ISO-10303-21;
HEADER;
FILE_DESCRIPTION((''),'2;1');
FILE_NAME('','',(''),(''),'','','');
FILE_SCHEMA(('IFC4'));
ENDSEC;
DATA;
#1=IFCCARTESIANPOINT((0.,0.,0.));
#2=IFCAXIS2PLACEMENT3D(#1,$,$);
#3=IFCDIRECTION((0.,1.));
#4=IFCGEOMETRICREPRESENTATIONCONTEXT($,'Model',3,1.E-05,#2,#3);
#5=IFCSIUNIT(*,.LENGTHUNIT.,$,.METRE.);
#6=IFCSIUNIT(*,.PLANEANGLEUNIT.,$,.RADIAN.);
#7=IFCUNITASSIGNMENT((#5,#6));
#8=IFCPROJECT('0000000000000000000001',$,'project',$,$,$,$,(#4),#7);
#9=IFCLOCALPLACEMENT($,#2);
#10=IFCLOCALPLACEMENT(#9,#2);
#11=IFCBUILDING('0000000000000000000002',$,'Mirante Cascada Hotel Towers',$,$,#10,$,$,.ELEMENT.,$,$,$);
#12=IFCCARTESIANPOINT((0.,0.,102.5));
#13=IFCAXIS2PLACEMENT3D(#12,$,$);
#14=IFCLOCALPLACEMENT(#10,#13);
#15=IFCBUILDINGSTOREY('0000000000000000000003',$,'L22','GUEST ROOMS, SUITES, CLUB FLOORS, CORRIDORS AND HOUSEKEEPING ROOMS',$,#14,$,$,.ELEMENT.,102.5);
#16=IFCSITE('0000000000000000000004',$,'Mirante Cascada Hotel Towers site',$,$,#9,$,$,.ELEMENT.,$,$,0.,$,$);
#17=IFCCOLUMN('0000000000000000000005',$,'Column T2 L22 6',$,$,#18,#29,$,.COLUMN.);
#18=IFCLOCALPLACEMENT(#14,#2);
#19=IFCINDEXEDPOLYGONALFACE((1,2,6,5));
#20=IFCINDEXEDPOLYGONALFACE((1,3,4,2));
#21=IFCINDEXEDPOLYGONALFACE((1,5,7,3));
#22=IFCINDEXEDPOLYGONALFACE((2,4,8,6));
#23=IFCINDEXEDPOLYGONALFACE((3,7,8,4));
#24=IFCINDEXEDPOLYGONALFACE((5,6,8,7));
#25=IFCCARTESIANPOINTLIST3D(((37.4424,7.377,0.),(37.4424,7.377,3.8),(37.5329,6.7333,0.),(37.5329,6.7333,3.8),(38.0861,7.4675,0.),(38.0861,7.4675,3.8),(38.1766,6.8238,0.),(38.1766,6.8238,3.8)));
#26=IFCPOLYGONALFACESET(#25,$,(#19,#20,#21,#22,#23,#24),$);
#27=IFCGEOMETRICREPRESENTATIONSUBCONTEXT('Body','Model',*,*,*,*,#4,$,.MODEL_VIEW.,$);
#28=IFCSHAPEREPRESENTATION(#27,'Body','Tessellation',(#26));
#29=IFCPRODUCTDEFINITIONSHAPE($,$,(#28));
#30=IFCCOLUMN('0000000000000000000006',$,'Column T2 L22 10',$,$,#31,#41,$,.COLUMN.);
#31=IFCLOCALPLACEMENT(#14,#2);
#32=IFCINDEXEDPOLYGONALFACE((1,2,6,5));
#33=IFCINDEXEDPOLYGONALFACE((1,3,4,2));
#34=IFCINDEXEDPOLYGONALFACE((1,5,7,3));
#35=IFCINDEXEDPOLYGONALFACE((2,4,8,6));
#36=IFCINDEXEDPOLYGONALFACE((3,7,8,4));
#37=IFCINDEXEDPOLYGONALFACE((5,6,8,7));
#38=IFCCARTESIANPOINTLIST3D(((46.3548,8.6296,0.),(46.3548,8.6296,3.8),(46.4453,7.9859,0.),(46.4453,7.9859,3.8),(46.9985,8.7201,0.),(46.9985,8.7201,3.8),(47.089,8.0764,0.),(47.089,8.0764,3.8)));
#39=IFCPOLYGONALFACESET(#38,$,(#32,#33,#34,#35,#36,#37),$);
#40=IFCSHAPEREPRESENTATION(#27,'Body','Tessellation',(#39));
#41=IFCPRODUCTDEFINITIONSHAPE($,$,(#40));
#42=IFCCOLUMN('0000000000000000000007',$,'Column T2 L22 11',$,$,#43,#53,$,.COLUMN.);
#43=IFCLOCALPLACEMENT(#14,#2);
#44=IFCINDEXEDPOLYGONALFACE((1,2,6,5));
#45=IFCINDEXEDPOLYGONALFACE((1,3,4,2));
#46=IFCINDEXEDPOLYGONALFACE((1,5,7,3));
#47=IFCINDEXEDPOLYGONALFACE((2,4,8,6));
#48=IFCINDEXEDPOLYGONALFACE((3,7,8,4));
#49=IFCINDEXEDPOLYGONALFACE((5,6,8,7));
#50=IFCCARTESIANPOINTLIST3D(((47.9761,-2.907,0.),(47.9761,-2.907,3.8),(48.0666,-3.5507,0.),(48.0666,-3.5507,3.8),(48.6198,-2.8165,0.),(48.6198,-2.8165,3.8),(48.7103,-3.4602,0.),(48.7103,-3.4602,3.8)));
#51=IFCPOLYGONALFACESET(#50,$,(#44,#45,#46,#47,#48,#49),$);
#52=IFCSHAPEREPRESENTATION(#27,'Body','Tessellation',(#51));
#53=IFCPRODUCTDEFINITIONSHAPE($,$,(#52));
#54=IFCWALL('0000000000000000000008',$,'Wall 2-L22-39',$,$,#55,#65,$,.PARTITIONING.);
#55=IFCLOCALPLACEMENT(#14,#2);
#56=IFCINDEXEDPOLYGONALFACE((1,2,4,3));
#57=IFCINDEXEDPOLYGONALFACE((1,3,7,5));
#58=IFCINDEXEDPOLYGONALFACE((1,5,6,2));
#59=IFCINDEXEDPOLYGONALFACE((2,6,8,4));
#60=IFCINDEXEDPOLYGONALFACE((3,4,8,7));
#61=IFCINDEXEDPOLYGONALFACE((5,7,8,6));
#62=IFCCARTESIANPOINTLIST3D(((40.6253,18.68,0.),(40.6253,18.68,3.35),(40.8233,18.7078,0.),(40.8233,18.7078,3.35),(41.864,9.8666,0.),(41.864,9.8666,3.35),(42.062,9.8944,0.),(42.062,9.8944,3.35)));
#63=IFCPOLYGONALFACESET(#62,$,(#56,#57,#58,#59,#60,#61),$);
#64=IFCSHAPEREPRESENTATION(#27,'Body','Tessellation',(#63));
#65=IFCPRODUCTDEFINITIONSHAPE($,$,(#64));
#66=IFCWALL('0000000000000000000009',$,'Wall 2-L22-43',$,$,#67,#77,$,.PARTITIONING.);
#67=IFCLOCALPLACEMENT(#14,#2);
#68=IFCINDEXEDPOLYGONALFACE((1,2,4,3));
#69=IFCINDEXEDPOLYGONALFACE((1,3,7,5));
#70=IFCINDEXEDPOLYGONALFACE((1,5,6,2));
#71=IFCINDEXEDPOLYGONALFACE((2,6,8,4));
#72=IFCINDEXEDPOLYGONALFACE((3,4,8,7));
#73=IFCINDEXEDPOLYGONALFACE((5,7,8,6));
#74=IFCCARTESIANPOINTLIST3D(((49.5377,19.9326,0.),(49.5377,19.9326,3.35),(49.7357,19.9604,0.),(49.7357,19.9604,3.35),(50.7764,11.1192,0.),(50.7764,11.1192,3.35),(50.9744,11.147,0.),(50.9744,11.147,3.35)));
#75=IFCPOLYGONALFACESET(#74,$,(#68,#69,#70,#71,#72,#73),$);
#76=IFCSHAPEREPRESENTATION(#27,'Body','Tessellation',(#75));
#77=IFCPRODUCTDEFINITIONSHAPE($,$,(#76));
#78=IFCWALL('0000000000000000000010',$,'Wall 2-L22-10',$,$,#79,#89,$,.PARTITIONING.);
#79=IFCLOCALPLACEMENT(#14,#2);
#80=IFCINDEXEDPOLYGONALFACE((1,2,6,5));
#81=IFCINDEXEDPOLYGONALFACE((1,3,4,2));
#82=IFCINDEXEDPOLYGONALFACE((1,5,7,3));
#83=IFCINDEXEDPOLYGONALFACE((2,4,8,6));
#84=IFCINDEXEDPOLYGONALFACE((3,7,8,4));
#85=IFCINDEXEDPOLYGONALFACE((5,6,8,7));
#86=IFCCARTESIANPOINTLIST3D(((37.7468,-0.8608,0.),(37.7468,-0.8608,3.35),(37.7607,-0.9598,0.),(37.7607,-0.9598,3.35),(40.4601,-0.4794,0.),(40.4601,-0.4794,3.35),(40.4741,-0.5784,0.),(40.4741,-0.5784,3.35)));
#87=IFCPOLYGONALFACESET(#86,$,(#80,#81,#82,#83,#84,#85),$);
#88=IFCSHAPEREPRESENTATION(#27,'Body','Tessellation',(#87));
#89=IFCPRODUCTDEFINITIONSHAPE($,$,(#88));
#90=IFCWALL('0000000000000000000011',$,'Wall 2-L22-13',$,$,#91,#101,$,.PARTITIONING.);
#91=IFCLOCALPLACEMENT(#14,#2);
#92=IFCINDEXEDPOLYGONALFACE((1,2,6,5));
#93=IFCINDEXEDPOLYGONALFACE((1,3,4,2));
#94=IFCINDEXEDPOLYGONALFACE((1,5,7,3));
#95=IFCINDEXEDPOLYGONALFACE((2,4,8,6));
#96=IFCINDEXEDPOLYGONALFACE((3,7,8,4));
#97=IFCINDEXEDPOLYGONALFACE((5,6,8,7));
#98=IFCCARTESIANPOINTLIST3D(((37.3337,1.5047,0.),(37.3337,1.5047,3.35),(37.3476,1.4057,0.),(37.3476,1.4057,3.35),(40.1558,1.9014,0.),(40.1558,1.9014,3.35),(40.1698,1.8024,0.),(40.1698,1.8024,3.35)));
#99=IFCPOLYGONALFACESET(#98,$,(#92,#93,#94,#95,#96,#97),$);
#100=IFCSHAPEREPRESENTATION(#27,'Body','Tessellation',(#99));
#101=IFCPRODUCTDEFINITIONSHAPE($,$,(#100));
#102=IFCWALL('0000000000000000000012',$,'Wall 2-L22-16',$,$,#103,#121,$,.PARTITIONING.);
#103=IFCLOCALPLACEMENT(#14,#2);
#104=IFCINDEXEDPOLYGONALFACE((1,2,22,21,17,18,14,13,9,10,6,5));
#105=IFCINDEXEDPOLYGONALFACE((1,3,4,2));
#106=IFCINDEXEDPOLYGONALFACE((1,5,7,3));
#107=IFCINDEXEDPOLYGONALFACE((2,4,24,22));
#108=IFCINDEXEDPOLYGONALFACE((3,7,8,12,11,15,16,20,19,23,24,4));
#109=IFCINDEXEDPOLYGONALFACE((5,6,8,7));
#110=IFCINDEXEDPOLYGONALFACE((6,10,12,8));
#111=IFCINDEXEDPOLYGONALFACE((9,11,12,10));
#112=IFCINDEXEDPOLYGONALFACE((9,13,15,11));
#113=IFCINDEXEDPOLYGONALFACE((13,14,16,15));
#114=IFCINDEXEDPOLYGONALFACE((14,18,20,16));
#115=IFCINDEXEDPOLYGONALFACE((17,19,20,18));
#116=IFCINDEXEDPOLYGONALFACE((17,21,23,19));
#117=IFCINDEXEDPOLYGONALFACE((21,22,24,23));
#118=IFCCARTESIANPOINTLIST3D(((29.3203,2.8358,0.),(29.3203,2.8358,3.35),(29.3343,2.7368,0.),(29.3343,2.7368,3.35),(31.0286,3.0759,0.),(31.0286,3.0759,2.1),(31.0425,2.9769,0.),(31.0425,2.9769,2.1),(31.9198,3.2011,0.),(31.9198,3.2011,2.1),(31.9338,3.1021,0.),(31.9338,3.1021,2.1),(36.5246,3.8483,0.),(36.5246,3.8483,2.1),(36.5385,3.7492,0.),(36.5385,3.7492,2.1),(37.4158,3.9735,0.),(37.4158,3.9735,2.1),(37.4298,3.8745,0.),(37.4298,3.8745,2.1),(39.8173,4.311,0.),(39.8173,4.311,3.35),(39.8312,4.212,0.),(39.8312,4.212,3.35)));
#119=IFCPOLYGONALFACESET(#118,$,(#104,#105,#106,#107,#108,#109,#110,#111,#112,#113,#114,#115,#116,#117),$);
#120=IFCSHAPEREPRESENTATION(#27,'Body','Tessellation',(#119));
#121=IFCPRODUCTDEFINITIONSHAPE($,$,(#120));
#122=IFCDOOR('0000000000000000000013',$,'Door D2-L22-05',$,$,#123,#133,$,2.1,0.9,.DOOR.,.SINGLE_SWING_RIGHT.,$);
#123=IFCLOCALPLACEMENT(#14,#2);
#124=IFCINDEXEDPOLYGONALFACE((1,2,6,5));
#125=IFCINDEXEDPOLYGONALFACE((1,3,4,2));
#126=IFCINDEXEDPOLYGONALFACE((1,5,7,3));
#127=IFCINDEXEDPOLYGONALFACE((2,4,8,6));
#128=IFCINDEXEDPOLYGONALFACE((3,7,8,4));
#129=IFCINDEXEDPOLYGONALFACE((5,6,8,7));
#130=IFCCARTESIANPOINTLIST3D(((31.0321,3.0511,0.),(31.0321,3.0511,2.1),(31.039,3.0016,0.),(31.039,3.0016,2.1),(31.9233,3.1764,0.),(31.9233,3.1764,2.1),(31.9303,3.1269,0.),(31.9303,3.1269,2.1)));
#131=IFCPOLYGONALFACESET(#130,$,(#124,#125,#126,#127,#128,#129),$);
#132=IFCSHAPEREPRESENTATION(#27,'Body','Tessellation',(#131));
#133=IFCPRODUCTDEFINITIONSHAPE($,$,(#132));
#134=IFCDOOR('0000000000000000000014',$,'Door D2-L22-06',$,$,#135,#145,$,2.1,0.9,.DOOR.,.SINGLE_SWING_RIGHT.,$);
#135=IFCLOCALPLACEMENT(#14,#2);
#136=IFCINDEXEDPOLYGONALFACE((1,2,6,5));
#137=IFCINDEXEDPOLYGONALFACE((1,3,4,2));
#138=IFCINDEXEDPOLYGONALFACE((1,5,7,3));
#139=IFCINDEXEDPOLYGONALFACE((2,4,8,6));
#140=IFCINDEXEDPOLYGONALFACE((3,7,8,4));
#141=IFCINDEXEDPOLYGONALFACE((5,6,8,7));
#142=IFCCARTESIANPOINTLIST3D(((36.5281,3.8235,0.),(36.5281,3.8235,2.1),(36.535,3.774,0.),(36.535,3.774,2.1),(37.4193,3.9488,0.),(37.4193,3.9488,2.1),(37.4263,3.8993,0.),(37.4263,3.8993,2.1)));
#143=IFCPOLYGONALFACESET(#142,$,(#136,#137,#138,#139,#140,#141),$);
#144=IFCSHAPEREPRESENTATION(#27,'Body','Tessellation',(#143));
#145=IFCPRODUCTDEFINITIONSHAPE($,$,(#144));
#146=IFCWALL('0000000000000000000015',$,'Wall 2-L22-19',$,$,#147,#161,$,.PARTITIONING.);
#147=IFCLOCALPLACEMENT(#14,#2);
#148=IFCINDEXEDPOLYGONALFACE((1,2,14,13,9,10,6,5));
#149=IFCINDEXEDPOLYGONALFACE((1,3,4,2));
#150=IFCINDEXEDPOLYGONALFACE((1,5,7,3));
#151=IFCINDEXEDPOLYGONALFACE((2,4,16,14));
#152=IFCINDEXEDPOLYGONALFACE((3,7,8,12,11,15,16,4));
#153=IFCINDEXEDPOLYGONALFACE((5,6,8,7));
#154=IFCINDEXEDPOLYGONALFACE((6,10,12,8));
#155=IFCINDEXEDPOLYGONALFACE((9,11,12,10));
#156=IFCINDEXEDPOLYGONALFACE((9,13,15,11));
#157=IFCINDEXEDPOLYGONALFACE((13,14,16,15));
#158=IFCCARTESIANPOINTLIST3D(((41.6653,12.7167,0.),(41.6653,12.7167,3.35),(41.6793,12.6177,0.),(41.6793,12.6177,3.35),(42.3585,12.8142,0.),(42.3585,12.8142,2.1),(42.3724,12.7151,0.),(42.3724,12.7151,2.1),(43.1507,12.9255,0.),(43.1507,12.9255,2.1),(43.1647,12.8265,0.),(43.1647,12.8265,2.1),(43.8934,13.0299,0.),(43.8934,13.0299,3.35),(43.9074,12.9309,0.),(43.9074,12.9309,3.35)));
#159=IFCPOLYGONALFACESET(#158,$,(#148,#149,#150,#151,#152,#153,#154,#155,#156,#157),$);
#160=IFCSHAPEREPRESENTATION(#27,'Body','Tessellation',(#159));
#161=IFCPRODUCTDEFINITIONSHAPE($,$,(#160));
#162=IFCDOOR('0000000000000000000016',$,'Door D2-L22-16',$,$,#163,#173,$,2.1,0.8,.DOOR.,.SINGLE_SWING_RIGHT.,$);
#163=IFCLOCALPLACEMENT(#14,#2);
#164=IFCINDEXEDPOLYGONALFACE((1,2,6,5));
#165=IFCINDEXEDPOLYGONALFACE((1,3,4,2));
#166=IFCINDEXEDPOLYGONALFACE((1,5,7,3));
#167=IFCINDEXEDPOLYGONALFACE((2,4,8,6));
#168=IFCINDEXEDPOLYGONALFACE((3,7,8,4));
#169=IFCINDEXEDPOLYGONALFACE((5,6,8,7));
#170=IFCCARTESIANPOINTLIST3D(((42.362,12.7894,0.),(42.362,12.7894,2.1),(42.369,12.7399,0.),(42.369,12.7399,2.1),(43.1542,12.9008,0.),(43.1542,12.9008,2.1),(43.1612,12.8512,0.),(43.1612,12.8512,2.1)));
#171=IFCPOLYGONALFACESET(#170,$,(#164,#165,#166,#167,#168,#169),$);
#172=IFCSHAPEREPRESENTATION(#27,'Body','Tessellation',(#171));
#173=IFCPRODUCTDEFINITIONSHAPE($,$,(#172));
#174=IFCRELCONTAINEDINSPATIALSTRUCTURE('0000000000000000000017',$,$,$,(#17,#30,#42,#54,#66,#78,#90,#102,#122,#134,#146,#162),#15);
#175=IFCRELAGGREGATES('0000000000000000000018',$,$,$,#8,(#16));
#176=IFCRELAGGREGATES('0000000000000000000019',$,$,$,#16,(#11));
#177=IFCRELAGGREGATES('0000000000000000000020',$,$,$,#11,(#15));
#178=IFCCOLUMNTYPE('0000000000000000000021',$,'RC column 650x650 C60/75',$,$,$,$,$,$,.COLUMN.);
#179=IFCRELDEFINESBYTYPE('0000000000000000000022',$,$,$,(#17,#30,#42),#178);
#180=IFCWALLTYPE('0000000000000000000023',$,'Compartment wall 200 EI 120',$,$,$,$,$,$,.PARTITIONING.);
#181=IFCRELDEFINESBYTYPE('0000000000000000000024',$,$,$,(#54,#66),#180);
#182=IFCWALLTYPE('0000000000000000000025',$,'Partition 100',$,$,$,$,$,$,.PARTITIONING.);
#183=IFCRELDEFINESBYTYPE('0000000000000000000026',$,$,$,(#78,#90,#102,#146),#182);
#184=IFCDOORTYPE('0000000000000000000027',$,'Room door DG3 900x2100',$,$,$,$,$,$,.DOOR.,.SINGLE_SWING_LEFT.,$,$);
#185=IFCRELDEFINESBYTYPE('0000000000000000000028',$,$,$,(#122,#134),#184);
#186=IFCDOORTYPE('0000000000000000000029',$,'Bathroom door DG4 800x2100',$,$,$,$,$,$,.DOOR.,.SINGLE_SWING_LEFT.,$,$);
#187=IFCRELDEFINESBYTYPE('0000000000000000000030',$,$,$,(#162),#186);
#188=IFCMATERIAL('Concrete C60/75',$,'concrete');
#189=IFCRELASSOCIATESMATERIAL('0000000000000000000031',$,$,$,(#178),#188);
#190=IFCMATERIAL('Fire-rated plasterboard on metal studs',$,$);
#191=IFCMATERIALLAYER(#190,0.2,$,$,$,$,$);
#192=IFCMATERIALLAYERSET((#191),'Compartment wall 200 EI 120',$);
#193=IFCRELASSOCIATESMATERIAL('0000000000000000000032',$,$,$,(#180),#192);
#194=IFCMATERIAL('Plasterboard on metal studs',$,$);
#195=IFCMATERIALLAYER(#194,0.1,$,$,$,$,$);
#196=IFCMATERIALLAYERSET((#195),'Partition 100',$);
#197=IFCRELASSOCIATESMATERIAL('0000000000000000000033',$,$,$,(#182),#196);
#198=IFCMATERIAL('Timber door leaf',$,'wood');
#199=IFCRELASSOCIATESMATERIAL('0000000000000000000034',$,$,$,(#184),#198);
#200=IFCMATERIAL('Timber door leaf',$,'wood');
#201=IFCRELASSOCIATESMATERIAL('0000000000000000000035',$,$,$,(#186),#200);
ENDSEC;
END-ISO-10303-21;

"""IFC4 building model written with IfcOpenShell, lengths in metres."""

from ifc_helpers import new_model, si_unit, direction, frame, frame_2d, origin, origin_2d, place, context, subcontext, project, spatial, rectangle, extrude, material, layer, layer_set, material_profile, profile_set, type_object, element, fill, save


model = new_model("IFC4")

# Units and contexts
model_context = context("Model", 3, precision=1e-05, world=origin(), true_north=direction((0.0, 1.0)))
body_context = subcontext(model_context, "Body", "Model", "MODEL_VIEW")
ifc_project = project(units=[si_unit("LENGTHUNIT", "METRE"), si_unit("PLANEANGLEUNIT", "RADIAN")], contexts=[model_context])

# Site, building, storey
site_placement = place(None, origin())
site = spatial("IfcSite", under=ifc_project, at=site_placement, Name="Mirante Cascada Hotel Towers site", CompositionType="ELEMENT", RefElevation=0.0)
building_placement = place(site_placement, origin())
building = spatial("IfcBuilding", under=site, at=building_placement, Name="Mirante Cascada Hotel Towers", CompositionType="ELEMENT")
storey_placement = place(building_placement, frame((0.0, 0.0, 102.5)))
storey = spatial("IfcBuildingStorey", under=building, at=storey_placement, Name="L22", Description="GUEST ROOMS, SUITES, CLUB FLOORS, CORRIDORS AND HOUSEKEEPING ROOMS", CompositionType="ELEMENT", Elevation=102.5)

# Columns
ifc_material_1 = material(Name="Concrete C60/75", Category="concrete")
ifc_material_profile = material_profile(ifc_material_1, rectangle(XDim=0.65, YDim=0.65, at=origin_2d()), Name="RC column 650x650 C60/75")
ifc_profile_set = profile_set([ifc_material_profile], Name="Concrete C60/75")
column_type = type_object("IfcColumnType", Name="RC column 650x650 C60/75", PredefinedType="COLUMN", material=ifc_profile_set)
for number, where, z_axis, x_axis, name in (
    (1, (37.8095, 7.1004, 0.0), (0.0, 0.0, 1.0), (0.990268, 0.139173, 0.0), "Column T2 L22 6"),
    (2, (46.7219, 8.353, 0.0), (0.0, 0.0, 1.0), (0.990268, 0.139173, 0.0), "Column T2 L22 10"),
    (3, (48.3432, -3.1836, 0.0), (0.0, 0.0, 1.0), (0.990268, 0.139173, 0.0), "Column T2 L22 11"),
):
    element("IfcColumn", number, at=place(storey_placement, frame(where, z_axis=z_axis, x_axis=x_axis)), inside=storey, type_object=column_type, Name=name, PredefinedType="COLUMN", context=body_context, shape_type="SweptSolid", body=[
        extrude(rectangle(XDim=0.65, YDim=0.65, at=origin_2d()), origin(), (0.0, 0.0, 1.0), 3.8),
    ])

# Walls
ifc_material_2 = material(Name="Fire-rated plasterboard on metal studs")
ifc_layer_1 = layer(ifc_material_2, 0.2)
ifc_layer_set_1 = layer_set([ifc_layer_1], Name="Compartment wall 200 EI 120")
wall_type_1 = type_object("IfcWallType", Name="Compartment wall 200 EI 120", PredefinedType="PARTITIONING", material=ifc_layer_set_1)
for number, where, z_axis, x_axis, name in (
    (4, (41.963, 9.8805, 0.0), (0.0, 0.0, 1.0), (-0.139179, 0.990267, 0.0), "Wall 2-L22-39"),
    (5, (50.8754, 11.1331, 0.0), (0.0, 0.0, 1.0), (-0.139179, 0.990267, 0.0), "Wall 2-L22-43"),
):
    element("IfcWall", number, at=place(storey_placement, frame(where, z_axis=z_axis, x_axis=x_axis)), inside=storey, type_object=wall_type_1, Name=name, PredefinedType="PARTITIONING", context=body_context, shape_type="SweptSolid", body=[
        extrude(rectangle(XDim=8.9, YDim=0.2, at=frame_2d((4.45, 0.0))), origin(), (0.0, 0.0, 1.0), 3.35),
    ])
ifc_material_3 = material(Name="Plasterboard on metal studs")
ifc_layer_2 = layer(ifc_material_3, 0.1)
ifc_layer_set_2 = layer_set([ifc_layer_2], Name="Partition 100")
wall_type_2 = type_object("IfcWallType", Name="Partition 100", PredefinedType="PARTITIONING", material=ifc_layer_set_2)
wall_1_placement = place(storey_placement, frame((40.4671, -0.5289, 0.0), z_axis=(0.0, 0.0, 1.0), x_axis=(-0.990264, -0.139198, 0.0)))
element("IfcWall", 6, at=wall_1_placement, inside=storey, type_object=wall_type_2, Name="Wall 2-L22-10", PredefinedType="PARTITIONING", context=body_context, shape_type="SweptSolid", body=[
    extrude(rectangle(XDim=2.74, YDim=0.1, at=frame_2d((1.37, 0.0))), origin(), (0.0, 0.0, 1.0), 3.35),
])
wall_2_placement = place(storey_placement, frame((37.3406, 1.4552, 0.0), z_axis=(0.0, 0.0, 1.0), x_axis=(0.990265, 0.139196, 0.0)))
element("IfcWall", 7, at=wall_2_placement, inside=storey, type_object=wall_type_2, Name="Wall 2-L22-13", PredefinedType="PARTITIONING", context=body_context, shape_type="SweptSolid", body=[
    extrude(rectangle(XDim=2.8499, YDim=0.1, at=frame_2d((1.425, 0.0))), origin(), (0.0, 0.0, 1.0), 3.35),
])

# Wall, openings, doors
wall_3_placement = place(storey_placement, frame((39.8242, 4.2615, 0.0), z_axis=(0.0, 0.0, 1.0), x_axis=(-0.990269, -0.139169, 0.0)))
wall_3 = element("IfcWall", 8, at=wall_3_placement, inside=storey, type_object=wall_type_2, Name="Wall 2-L22-16", PredefinedType="PARTITIONING", context=body_context, shape_type="SweptSolid", body=[
    extrude(rectangle(XDim=10.6001, YDim=0.1, at=frame_2d((5.3, 0.0))), origin(), (0.0, 0.0, 1.0), 3.35),
])
opening_1_placement = place(wall_3_placement, frame((7.975, 0.0, 0.0)))
opening_1 = element("IfcOpeningElement", 9, at=opening_1_placement, cuts=wall_3, PredefinedType="OPENING", context=body_context, shape_type="SweptSolid", body=[
    extrude(rectangle(XDim=0.9, YDim=2.1, at=frame_2d((0.45, 1.05))), frame((0.0, 0.05, 0.0), z_axis=(0.0, -1.0, 0.0), x_axis=(1.0, 0.0, 0.0)), (0.0, 0.0, 1.0), 0.1),
])
opening_2_placement = place(wall_3_placement, frame((2.425, 0.0, 0.0)))
opening_2 = element("IfcOpeningElement", 10, at=opening_2_placement, cuts=wall_3, PredefinedType="OPENING", context=body_context, shape_type="SweptSolid", body=[
    extrude(rectangle(XDim=0.9, YDim=2.1, at=frame_2d((0.45, 1.05))), frame((0.0, 0.05, 0.0), z_axis=(0.0, -1.0, 0.0), x_axis=(1.0, 0.0, 0.0)), (0.0, 0.0, 1.0), 0.1),
])
ifc_material_4 = material(Name="Timber door leaf", Category="wood")
door_type_1 = type_object("IfcDoorType", Name="Room door DG3 900x2100", OperationType="SINGLE_SWING_LEFT", PredefinedType="DOOR", material=ifc_material_4)
door_1_placement = place(opening_1_placement, frame((0.9, 0.0, 0.0), z_axis=(0.0, 0.0, 1.0), x_axis=(-1.0, 0.0, 0.0)))
door_1 = element("IfcDoor", 11, at=door_1_placement, inside=storey, type_object=door_type_1, Name="Door D2-L22-05", OperationType="SINGLE_SWING_RIGHT", OverallHeight=2.1, OverallWidth=0.9, PredefinedType="DOOR", context=body_context, shape_type="SweptSolid", body=[
    extrude(rectangle(XDim=0.9, YDim=2.1, at=frame_2d((0.45, 1.05))), frame((0.0, 0.025, 0.0), z_axis=(0.0, -1.0, 0.0), x_axis=(1.0, 0.0, 0.0)), (0.0, 0.0, 1.0), 0.05),
])
fill(opening_1, door_1)
door_2_placement = place(opening_2_placement, frame((0.9, 0.0, 0.0), z_axis=(0.0, 0.0, 1.0), x_axis=(-1.0, 0.0, 0.0)))
door_2 = element("IfcDoor", 12, at=door_2_placement, inside=storey, type_object=door_type_1, Name="Door D2-L22-06", OperationType="SINGLE_SWING_RIGHT", OverallHeight=2.1, OverallWidth=0.9, PredefinedType="DOOR", context=body_context, shape_type="SweptSolid", body=[
    extrude(rectangle(XDim=0.9, YDim=2.1, at=frame_2d((0.45, 1.05))), frame((0.0, 0.025, 0.0), z_axis=(0.0, -1.0, 0.0), x_axis=(1.0, 0.0, 0.0)), (0.0, 0.0, 1.0), 0.05),
])
fill(opening_2, door_2)

# Wall, opening, door
wall_4_placement = place(storey_placement, frame((41.6723, 12.6672, 0.0), z_axis=(0.0, 0.0, 1.0), x_axis=(0.990264, 0.1392, 0.0)))
wall_4 = element("IfcWall", 13, at=wall_4_placement, inside=storey, type_object=wall_type_2, Name="Wall 2-L22-19", PredefinedType="PARTITIONING", context=body_context, shape_type="SweptSolid", body=[
    extrude(rectangle(XDim=2.25, YDim=0.1, at=frame_2d((1.125, 0.0))), origin(), (0.0, 0.0, 1.0), 3.35),
])
opening_3_placement = place(wall_4_placement, frame((0.7, 0.0, 0.0)))
opening_3 = element("IfcOpeningElement", 14, at=opening_3_placement, cuts=wall_4, PredefinedType="OPENING", context=body_context, shape_type="SweptSolid", body=[
    extrude(rectangle(XDim=0.8, YDim=2.1, at=frame_2d((0.4, 1.05))), frame((0.0, 0.05, 0.0), z_axis=(0.0, -1.0, 0.0), x_axis=(1.0, 0.0, 0.0)), (0.0, 0.0, 1.0), 0.1),
])
ifc_material_5 = material(Name="Timber door leaf", Category="wood")
door_type_2 = type_object("IfcDoorType", Name="Bathroom door DG4 800x2100", OperationType="SINGLE_SWING_LEFT", PredefinedType="DOOR", material=ifc_material_5)
door_3_placement = place(opening_3_placement, frame((0.8, 0.0, 0.0), z_axis=(0.0, 0.0, 1.0), x_axis=(-1.0, 0.0, 0.0)))
door_3 = element("IfcDoor", 15, at=door_3_placement, inside=storey, type_object=door_type_2, Name="Door D2-L22-16", OperationType="SINGLE_SWING_RIGHT", OverallHeight=2.1, OverallWidth=0.8, PredefinedType="DOOR", context=body_context, shape_type="SweptSolid", body=[
    extrude(rectangle(XDim=0.8, YDim=2.1, at=frame_2d((0.4, 1.05))), frame((0.0, 0.025, 0.0), z_axis=(0.0, -1.0, 0.0), x_axis=(1.0, 0.0, 0.0)), (0.0, 0.0, 1.0), 0.05),
])
fill(opening_3, door_3)

save(model, "model.ifc")
